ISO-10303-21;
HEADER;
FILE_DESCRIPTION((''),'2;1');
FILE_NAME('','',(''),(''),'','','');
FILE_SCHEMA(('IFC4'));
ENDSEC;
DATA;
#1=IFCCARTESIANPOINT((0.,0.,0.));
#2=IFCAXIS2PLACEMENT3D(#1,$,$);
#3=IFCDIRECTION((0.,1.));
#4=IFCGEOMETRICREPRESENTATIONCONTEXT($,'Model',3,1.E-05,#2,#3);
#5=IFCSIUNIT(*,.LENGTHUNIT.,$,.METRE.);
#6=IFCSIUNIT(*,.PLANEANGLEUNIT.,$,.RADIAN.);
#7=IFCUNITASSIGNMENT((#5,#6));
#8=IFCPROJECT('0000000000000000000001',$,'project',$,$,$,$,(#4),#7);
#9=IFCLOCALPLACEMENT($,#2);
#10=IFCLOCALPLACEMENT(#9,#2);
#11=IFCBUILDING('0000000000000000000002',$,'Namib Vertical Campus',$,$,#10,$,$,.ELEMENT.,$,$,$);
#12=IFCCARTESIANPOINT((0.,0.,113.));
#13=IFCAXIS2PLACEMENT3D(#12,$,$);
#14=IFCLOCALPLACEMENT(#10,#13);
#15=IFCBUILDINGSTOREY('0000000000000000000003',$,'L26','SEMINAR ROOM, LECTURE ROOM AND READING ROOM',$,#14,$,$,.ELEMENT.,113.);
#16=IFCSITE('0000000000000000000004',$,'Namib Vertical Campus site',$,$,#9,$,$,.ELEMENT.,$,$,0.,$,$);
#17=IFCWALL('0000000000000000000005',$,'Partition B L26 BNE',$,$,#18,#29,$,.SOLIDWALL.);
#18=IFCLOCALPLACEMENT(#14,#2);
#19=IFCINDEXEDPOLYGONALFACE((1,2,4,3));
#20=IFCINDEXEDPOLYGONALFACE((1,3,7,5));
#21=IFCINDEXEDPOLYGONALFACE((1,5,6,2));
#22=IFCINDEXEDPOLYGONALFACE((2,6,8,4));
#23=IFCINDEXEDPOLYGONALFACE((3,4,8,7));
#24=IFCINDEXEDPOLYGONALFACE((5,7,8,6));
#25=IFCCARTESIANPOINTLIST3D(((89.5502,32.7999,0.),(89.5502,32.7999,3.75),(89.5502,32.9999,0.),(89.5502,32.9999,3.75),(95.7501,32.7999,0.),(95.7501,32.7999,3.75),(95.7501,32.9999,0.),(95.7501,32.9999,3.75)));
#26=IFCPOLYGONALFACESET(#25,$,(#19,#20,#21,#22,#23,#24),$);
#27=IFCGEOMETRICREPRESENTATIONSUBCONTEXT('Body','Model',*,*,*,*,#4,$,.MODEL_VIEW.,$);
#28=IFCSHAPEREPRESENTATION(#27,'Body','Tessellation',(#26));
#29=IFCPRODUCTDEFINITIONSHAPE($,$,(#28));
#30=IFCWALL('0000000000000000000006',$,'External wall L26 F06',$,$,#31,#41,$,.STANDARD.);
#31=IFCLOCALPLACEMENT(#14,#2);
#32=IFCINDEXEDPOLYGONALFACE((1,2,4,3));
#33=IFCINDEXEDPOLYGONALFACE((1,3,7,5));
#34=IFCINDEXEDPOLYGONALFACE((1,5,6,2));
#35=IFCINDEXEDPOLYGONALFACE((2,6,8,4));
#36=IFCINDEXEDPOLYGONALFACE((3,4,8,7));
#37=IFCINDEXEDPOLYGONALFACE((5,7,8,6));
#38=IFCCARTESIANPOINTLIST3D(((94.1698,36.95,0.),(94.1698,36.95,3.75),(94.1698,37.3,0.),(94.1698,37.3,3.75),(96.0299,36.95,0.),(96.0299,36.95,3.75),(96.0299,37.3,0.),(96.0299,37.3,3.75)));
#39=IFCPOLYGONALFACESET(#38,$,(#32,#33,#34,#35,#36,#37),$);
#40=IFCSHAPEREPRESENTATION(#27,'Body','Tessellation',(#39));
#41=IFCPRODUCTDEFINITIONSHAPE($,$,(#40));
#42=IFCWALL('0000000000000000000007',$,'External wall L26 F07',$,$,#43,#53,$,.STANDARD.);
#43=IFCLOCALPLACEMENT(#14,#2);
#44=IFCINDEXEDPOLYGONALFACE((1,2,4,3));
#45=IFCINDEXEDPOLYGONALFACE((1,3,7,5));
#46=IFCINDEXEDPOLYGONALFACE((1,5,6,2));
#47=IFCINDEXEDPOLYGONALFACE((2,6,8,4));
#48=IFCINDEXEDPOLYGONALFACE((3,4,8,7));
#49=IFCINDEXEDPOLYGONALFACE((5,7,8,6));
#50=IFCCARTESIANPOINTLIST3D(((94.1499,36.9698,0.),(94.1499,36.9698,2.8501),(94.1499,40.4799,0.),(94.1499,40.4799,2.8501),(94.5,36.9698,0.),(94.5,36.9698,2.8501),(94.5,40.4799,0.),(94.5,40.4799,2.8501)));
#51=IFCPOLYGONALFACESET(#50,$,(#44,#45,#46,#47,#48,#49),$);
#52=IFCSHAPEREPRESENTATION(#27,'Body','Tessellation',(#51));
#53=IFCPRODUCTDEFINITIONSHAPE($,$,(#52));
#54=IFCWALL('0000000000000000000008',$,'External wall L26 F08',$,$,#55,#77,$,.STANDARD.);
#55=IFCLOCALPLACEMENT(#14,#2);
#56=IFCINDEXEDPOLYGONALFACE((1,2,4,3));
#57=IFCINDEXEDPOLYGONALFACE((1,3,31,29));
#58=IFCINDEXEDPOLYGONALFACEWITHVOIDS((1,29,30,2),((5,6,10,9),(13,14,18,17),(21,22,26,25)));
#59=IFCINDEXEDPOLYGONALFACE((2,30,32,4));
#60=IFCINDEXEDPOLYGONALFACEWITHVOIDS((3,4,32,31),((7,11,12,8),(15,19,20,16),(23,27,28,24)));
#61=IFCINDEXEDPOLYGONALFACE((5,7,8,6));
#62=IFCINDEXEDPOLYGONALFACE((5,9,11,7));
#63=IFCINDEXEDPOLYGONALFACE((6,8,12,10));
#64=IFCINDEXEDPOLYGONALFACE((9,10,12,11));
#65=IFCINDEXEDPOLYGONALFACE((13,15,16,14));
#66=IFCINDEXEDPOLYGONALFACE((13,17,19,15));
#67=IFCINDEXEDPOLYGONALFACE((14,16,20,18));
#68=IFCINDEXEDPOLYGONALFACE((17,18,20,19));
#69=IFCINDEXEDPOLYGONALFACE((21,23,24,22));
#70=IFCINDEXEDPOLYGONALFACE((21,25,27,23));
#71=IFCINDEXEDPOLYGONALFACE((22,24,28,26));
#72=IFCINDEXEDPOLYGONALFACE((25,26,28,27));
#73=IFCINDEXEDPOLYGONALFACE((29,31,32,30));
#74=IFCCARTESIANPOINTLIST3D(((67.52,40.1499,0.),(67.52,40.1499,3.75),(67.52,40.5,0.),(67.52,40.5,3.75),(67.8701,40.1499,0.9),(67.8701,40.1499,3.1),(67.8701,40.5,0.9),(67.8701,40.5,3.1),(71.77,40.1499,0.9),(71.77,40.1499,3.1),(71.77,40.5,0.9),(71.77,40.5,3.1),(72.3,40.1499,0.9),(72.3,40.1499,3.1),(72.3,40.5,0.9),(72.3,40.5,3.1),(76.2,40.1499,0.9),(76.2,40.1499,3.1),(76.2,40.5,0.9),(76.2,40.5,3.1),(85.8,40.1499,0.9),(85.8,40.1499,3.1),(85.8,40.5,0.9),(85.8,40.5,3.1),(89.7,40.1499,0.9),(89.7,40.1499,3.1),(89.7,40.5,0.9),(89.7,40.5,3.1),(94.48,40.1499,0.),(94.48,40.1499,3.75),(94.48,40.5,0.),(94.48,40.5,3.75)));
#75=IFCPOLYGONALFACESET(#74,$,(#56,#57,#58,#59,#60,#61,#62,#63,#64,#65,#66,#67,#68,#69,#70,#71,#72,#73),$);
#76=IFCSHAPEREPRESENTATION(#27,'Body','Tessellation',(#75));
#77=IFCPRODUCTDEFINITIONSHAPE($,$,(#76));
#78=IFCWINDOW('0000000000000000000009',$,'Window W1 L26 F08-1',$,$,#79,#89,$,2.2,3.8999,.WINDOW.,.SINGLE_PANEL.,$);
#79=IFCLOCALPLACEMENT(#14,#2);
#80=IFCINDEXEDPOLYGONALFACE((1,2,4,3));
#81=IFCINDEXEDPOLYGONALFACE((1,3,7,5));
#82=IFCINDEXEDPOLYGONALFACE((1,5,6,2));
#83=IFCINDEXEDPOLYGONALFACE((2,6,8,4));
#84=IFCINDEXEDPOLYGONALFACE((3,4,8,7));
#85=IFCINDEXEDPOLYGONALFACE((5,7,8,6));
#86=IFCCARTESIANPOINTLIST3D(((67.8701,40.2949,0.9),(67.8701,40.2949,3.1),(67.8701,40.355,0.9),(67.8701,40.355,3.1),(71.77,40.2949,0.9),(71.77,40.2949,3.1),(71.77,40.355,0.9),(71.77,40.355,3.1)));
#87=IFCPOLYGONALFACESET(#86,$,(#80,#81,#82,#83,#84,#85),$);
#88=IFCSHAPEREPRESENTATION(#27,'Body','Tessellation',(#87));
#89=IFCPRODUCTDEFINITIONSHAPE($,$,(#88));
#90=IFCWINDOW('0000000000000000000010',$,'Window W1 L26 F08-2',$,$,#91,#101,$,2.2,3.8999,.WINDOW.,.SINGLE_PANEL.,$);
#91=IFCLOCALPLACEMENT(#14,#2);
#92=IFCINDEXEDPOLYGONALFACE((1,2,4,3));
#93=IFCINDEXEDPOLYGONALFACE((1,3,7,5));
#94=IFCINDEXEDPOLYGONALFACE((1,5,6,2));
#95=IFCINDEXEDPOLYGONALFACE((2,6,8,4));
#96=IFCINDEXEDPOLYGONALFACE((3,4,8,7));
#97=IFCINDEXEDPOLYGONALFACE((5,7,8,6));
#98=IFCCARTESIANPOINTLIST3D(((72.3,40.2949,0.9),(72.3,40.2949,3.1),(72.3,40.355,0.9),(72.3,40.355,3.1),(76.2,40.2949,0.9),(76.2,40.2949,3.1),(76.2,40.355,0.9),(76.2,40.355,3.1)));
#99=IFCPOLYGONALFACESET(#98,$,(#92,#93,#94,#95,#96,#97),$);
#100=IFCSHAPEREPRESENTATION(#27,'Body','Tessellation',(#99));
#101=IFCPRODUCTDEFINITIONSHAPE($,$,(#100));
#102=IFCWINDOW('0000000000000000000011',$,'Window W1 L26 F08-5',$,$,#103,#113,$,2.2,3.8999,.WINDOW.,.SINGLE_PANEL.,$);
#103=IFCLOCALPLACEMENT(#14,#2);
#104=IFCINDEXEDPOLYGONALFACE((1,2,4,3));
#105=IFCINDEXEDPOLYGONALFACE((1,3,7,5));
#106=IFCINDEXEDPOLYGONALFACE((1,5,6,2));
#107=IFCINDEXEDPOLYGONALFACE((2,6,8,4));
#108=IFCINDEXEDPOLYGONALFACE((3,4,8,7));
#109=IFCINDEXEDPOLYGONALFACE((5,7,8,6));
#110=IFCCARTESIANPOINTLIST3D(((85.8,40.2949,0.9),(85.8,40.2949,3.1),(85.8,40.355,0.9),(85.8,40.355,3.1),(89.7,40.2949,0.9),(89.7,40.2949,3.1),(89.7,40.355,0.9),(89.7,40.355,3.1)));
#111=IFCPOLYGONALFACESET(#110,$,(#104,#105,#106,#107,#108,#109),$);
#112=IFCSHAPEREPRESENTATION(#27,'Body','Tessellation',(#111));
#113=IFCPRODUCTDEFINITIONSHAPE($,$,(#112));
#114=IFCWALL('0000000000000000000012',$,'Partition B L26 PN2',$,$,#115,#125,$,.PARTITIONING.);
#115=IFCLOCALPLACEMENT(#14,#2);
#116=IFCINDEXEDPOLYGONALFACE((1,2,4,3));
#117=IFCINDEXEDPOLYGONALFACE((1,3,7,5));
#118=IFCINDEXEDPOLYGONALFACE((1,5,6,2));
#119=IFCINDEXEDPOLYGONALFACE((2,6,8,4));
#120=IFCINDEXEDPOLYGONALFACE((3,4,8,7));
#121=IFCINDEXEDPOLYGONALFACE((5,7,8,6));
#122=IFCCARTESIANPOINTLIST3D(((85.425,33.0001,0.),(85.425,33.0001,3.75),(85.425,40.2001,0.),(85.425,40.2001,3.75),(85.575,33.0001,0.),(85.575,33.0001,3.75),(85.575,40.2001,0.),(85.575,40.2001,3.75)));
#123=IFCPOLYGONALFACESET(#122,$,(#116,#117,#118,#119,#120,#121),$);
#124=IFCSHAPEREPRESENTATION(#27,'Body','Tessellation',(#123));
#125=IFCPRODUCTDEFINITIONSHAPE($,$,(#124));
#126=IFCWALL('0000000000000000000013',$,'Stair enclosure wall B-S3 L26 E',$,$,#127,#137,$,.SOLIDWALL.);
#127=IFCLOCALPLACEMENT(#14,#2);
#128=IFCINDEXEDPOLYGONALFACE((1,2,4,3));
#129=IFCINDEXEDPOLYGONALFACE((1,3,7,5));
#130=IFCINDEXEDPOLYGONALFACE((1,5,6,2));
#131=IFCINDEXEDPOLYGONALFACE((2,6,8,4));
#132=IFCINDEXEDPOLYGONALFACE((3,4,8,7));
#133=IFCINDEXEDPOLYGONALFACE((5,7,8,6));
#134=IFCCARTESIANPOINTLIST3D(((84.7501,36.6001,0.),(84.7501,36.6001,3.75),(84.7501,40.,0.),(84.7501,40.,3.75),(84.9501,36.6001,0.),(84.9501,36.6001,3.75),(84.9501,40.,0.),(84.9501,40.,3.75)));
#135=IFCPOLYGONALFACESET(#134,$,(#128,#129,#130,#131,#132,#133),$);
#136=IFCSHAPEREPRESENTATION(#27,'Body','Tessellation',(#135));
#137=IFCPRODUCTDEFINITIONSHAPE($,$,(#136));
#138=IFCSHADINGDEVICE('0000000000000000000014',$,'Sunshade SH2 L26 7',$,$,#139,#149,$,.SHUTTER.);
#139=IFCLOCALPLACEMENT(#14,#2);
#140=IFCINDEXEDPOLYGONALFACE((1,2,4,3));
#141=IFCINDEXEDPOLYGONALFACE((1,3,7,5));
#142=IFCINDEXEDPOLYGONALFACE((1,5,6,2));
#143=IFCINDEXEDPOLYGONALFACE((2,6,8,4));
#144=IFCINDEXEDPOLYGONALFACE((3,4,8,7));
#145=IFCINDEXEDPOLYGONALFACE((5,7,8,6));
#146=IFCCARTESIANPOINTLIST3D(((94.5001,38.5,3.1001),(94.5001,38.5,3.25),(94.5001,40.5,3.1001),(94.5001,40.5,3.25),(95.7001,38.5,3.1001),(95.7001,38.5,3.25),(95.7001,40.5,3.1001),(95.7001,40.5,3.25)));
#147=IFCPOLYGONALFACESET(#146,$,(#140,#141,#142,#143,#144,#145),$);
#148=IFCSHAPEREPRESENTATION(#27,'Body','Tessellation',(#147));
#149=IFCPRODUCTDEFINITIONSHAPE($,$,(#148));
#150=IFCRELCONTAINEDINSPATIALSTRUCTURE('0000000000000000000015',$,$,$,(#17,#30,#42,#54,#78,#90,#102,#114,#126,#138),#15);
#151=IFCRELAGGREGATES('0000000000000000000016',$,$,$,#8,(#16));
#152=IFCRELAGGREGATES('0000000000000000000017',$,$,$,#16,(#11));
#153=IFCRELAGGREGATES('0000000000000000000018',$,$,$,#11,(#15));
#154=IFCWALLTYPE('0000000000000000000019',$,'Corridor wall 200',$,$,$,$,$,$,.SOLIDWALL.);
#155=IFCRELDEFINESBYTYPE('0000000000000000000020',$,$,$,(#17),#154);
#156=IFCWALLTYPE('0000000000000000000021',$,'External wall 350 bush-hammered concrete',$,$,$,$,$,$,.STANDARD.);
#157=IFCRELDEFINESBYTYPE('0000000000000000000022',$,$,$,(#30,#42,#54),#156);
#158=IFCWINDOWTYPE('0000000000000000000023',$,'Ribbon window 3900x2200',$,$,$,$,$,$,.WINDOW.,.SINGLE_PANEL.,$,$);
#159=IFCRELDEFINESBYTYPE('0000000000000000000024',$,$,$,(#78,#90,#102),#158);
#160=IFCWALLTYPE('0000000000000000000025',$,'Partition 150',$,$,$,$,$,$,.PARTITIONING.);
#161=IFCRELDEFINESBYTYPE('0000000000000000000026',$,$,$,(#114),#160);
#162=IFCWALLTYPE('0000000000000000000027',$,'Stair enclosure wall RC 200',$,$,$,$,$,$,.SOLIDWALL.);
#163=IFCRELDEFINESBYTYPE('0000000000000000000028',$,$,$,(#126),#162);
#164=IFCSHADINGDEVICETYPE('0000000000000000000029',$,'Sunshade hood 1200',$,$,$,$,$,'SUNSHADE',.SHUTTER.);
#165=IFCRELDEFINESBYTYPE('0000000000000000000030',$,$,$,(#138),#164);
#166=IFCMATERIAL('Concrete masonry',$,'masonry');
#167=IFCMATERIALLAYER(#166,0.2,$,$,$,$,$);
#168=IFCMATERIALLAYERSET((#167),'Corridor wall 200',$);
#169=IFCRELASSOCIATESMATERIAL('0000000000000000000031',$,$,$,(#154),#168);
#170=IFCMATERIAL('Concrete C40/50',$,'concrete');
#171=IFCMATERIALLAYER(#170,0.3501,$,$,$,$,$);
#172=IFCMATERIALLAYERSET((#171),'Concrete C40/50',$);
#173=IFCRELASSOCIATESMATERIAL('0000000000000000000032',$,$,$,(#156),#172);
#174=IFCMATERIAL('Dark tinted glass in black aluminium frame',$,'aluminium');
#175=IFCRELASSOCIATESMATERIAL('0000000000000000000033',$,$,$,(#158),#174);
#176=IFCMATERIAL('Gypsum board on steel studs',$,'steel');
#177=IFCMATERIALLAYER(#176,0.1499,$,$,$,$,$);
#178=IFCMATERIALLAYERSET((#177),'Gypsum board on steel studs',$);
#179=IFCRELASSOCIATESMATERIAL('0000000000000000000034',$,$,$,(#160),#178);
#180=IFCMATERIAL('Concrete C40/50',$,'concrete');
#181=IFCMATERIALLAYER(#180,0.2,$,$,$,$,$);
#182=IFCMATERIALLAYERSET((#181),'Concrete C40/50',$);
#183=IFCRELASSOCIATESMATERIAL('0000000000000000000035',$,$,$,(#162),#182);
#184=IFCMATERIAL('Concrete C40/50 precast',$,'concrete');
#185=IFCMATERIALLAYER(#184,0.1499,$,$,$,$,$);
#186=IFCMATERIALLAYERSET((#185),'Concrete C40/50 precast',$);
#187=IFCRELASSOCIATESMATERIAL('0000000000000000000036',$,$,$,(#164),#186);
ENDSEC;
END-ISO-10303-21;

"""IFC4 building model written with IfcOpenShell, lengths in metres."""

from ifc_helpers import new_model, si_unit, direction, frame, frame_2d, origin, origin_2d, place, context, subcontext, project, spatial, rectangle, extrude, material, layer, layer_set, type_object, element, fill, save


model = new_model("IFC4")

# Units and contexts
model_context = context("Model", 3, precision=1e-05, world=origin(), true_north=direction((0.0, 1.0)))
body_context = subcontext(model_context, "Body", "Model", "MODEL_VIEW")
ifc_project = project(units=[si_unit("LENGTHUNIT", "METRE"), si_unit("PLANEANGLEUNIT", "RADIAN")], contexts=[model_context])

# Site, building, storey
site_placement = place(None, origin())
site = spatial("IfcSite", under=ifc_project, at=site_placement, Name="Namib Vertical Campus site", CompositionType="ELEMENT", RefElevation=0.0)
building_placement = place(site_placement, origin())
building = spatial("IfcBuilding", under=site, at=building_placement, Name="Namib Vertical Campus", CompositionType="ELEMENT")
storey_placement = place(building_placement, frame((0.0, 0.0, 113.0)))
storey = spatial("IfcBuildingStorey", under=building, at=storey_placement, Name="L26", Description="SEMINAR ROOM, LECTURE ROOM AND READING ROOM", CompositionType="ELEMENT", Elevation=113.0)

# Shared definitions
ifc_material_1 = material(Name="Concrete masonry", Category="masonry")
ifc_layer_1 = layer(ifc_material_1, 0.2)
ifc_layer_set_1 = layer_set([ifc_layer_1], Name="Corridor wall 200")
wall_type_1 = type_object("IfcWallType", Name="Corridor wall 200", PredefinedType="SOLIDWALL", material=ifc_layer_set_1)

# Walls
wall_1_placement = place(storey_placement, frame((89.55, 32.8999, 0.0), z_axis=(0.0, 0.0, 1.0), x_axis=(1.0, 0.0, 0.0)))
element("IfcWall", 1, at=wall_1_placement, inside=storey, type_object=wall_type_1, Name="Partition B L26 BNE", PredefinedType="SOLIDWALL", context=body_context, shape_type="SweptSolid", body=[
    extrude(rectangle(XDim=6.2, YDim=0.2, at=frame_2d((3.1001, 0.0))), origin(), (0.0, 0.0, 1.0), 3.75),
])
ifc_material_2 = material(Name="Concrete C40/50", Category="concrete")
ifc_layer_2 = layer(ifc_material_2, 0.3501)
ifc_layer_set_2 = layer_set([ifc_layer_2], Name="Concrete C40/50")
wall_type_2 = type_object("IfcWallType", Name="External wall 350 bush-hammered concrete", PredefinedType="STANDARD", material=ifc_layer_set_2)
wall_2_placement = place(storey_placement, frame((96.03, 37.125, 0.0), z_axis=(0.0, 0.0, 1.0), x_axis=(-1.0, 0.0, 0.0)))
element("IfcWall", 2, at=wall_2_placement, inside=storey, type_object=wall_type_2, Name="External wall L26 F06", PredefinedType="STANDARD", context=body_context, shape_type="SweptSolid", body=[
    extrude(rectangle(XDim=1.8601, YDim=0.3501, at=frame_2d((0.9302, 0.0))), origin(), (0.0, 0.0, 1.0), 3.75),
])
wall_3_placement = place(storey_placement, frame((94.325, 36.97, 0.0), z_axis=(0.0, 0.0, 1.0), x_axis=(0.0, 1.0, 0.0)))
element("IfcWall", 3, at=wall_3_placement, inside=storey, type_object=wall_type_2, Name="External wall L26 F07", PredefinedType="STANDARD", context=body_context, shape_type="SweptSolid", body=[
    extrude(rectangle(XDim=3.51, YDim=0.3501, at=frame_2d((1.7549, 0.0))), origin(), (0.0, 0.0, 1.0), 2.8501),
])

# Wall, openings, windows
wall_4_placement = place(storey_placement, frame((94.48, 40.325, 0.0), z_axis=(0.0, 0.0, 1.0), x_axis=(-1.0, 0.0, 0.0)))
wall_4 = element("IfcWall", 4, at=wall_4_placement, inside=storey, type_object=wall_type_2, Name="External wall L26 F08", PredefinedType="STANDARD", context=body_context, shape_type="SweptSolid", body=[
    extrude(rectangle(XDim=26.96, YDim=0.3501, at=frame_2d((13.48, 0.0))), origin(), (0.0, 0.0, 1.0), 3.75),
])
opening_1_placement = place(wall_4_placement, frame((22.71, 0.0, 0.8999)))
opening_1 = element("IfcOpeningElement", 5, at=opening_1_placement, cuts=wall_4, PredefinedType="OPENING", context=body_context, shape_type="SweptSolid", body=[
    extrude(rectangle(XDim=3.8999, YDim=2.2, at=frame_2d((1.95, 1.1001))), frame((0.0, 0.1851, 0.0), z_axis=(0.0, -1.0, 0.0), x_axis=(1.0, 0.0, 0.0)), (0.0, 0.0, 1.0), 0.3701),
])
opening_2_placement = place(wall_4_placement, frame((18.28, 0.0, 0.8999)))
opening_2 = element("IfcOpeningElement", 6, at=opening_2_placement, cuts=wall_4, PredefinedType="OPENING", context=body_context, shape_type="SweptSolid", body=[
    extrude(rectangle(XDim=3.8999, YDim=2.2, at=frame_2d((1.95, 1.1001))), frame((0.0, 0.1851, 0.0), z_axis=(0.0, -1.0, 0.0), x_axis=(1.0, 0.0, 0.0)), (0.0, 0.0, 1.0), 0.3701),
])
opening_3_placement = place(wall_4_placement, frame((4.78, 0.0, 0.8999)))
opening_3 = element("IfcOpeningElement", 7, at=opening_3_placement, cuts=wall_4, PredefinedType="OPENING", context=body_context, shape_type="SweptSolid", body=[
    extrude(rectangle(XDim=3.8999, YDim=2.2, at=frame_2d((1.95, 1.1001))), frame((0.0, 0.1851, 0.0), z_axis=(0.0, -1.0, 0.0), x_axis=(1.0, 0.0, 0.0)), (0.0, 0.0, 1.0), 0.3701),
])
ifc_material_3 = material(Name="Dark tinted glass in black aluminium frame", Category="aluminium")
window_type = type_object("IfcWindowType", Name="Ribbon window 3900x2200", PartitioningType="SINGLE_PANEL", PredefinedType="WINDOW", material=ifc_material_3)
window_1_placement = place(opening_1_placement, origin())
window_1 = element("IfcWindow", 8, at=window_1_placement, inside=storey, type_object=window_type, Name="Window W1 L26 F08-1", OverallHeight=2.2, OverallWidth=3.8999, PartitioningType="SINGLE_PANEL", PredefinedType="WINDOW", context=body_context, shape_type="SweptSolid", body=[
    extrude(rectangle(XDim=3.8999, YDim=2.2, at=frame_2d((1.95, 1.1001))), frame((0.0, 0.03, 0.0), z_axis=(0.0, -1.0, 0.0), x_axis=(1.0, 0.0, 0.0)), (0.0, 0.0, 1.0), 0.0601),
])
fill(opening_1, window_1)
window_2_placement = place(opening_2_placement, origin())
window_2 = element("IfcWindow", 9, at=window_2_placement, inside=storey, type_object=window_type, Name="Window W1 L26 F08-2", OverallHeight=2.2, OverallWidth=3.8999, PartitioningType="SINGLE_PANEL", PredefinedType="WINDOW", context=body_context, shape_type="SweptSolid", body=[
    extrude(rectangle(XDim=3.8999, YDim=2.2, at=frame_2d((1.95, 1.1001))), frame((0.0, 0.03, 0.0), z_axis=(0.0, -1.0, 0.0), x_axis=(1.0, 0.0, 0.0)), (0.0, 0.0, 1.0), 0.0601),
])
fill(opening_2, window_2)
window_3_placement = place(opening_3_placement, origin())
window_3 = element("IfcWindow", 10, at=window_3_placement, inside=storey, type_object=window_type, Name="Window W1 L26 F08-5", OverallHeight=2.2, OverallWidth=3.8999, PartitioningType="SINGLE_PANEL", PredefinedType="WINDOW", context=body_context, shape_type="SweptSolid", body=[
    extrude(rectangle(XDim=3.8999, YDim=2.2, at=frame_2d((1.95, 1.1001))), frame((0.0, 0.03, 0.0), z_axis=(0.0, -1.0, 0.0), x_axis=(1.0, 0.0, 0.0)), (0.0, 0.0, 1.0), 0.0601),
])
fill(opening_3, window_3)

# Walls
ifc_material_4 = material(Name="Gypsum board on steel studs", Category="steel")
ifc_layer_3 = layer(ifc_material_4, 0.1499)
ifc_layer_set_3 = layer_set([ifc_layer_3], Name="Gypsum board on steel studs")
wall_type_3 = type_object("IfcWallType", Name="Partition 150", PredefinedType="PARTITIONING", material=ifc_layer_set_3)
wall_5_placement = place(storey_placement, frame((85.5, 33.0, 0.0), z_axis=(0.0, 0.0, 1.0), x_axis=(0.0, 1.0, 0.0)))
element("IfcWall", 11, at=wall_5_placement, inside=storey, type_object=wall_type_3, Name="Partition B L26 PN2", PredefinedType="PARTITIONING", context=body_context, shape_type="SweptSolid", body=[
    extrude(rectangle(XDim=7.2, YDim=0.1499, at=frame_2d((3.6001, 0.0))), origin(), (0.0, 0.0, 1.0), 3.75),
])
ifc_material_5 = material(Name="Concrete C40/50", Category="concrete")
ifc_layer_4 = layer(ifc_material_5, 0.2)
ifc_layer_set_4 = layer_set([ifc_layer_4], Name="Concrete C40/50")
wall_type_4 = type_object("IfcWallType", Name="Stair enclosure wall RC 200", PredefinedType="SOLIDWALL", material=ifc_layer_set_4)
wall_6_placement = place(storey_placement, frame((84.8501, 36.6001, 0.0), z_axis=(0.0, 0.0, 1.0), x_axis=(0.0, 1.0, 0.0)))
element("IfcWall", 12, at=wall_6_placement, inside=storey, type_object=wall_type_4, Name="Stair enclosure wall B-S3 L26 E", PredefinedType="SOLIDWALL", context=body_context, shape_type="SweptSolid", body=[
    extrude(rectangle(XDim=3.3999, YDim=0.2, at=frame_2d((1.7, 0.0))), origin(), (0.0, 0.0, 1.0), 3.75),
])

# Shading device
ifc_material_6 = material(Name="Concrete C40/50 precast", Category="concrete")
ifc_layer_5 = layer(ifc_material_6, 0.1499)
ifc_layer_set_5 = layer_set([ifc_layer_5], Name="Concrete C40/50 precast")
shading_device_type = type_object("IfcShadingDeviceType", Name="Sunshade hood 1200", ElementType="SUNSHADE", PredefinedType="SHUTTER", material=ifc_layer_set_5)
shading_device_placement = place(storey_placement, frame((95.1001, 39.5, 3.1001), z_axis=(0.0, 0.0, 1.0), x_axis=(0.0, 1.0, 0.0)))
element("IfcShadingDevice", 13, at=shading_device_placement, inside=storey, type_object=shading_device_type, Name="Sunshade SH2 L26 7", PredefinedType="SHUTTER", context=body_context, shape_type="SweptSolid", body=[
    extrude(rectangle(XDim=2.0, YDim=1.2, at=origin_2d()), origin(), (0.0, 0.0, 1.0), 0.1499),
])

save(model, "model.ifc")
